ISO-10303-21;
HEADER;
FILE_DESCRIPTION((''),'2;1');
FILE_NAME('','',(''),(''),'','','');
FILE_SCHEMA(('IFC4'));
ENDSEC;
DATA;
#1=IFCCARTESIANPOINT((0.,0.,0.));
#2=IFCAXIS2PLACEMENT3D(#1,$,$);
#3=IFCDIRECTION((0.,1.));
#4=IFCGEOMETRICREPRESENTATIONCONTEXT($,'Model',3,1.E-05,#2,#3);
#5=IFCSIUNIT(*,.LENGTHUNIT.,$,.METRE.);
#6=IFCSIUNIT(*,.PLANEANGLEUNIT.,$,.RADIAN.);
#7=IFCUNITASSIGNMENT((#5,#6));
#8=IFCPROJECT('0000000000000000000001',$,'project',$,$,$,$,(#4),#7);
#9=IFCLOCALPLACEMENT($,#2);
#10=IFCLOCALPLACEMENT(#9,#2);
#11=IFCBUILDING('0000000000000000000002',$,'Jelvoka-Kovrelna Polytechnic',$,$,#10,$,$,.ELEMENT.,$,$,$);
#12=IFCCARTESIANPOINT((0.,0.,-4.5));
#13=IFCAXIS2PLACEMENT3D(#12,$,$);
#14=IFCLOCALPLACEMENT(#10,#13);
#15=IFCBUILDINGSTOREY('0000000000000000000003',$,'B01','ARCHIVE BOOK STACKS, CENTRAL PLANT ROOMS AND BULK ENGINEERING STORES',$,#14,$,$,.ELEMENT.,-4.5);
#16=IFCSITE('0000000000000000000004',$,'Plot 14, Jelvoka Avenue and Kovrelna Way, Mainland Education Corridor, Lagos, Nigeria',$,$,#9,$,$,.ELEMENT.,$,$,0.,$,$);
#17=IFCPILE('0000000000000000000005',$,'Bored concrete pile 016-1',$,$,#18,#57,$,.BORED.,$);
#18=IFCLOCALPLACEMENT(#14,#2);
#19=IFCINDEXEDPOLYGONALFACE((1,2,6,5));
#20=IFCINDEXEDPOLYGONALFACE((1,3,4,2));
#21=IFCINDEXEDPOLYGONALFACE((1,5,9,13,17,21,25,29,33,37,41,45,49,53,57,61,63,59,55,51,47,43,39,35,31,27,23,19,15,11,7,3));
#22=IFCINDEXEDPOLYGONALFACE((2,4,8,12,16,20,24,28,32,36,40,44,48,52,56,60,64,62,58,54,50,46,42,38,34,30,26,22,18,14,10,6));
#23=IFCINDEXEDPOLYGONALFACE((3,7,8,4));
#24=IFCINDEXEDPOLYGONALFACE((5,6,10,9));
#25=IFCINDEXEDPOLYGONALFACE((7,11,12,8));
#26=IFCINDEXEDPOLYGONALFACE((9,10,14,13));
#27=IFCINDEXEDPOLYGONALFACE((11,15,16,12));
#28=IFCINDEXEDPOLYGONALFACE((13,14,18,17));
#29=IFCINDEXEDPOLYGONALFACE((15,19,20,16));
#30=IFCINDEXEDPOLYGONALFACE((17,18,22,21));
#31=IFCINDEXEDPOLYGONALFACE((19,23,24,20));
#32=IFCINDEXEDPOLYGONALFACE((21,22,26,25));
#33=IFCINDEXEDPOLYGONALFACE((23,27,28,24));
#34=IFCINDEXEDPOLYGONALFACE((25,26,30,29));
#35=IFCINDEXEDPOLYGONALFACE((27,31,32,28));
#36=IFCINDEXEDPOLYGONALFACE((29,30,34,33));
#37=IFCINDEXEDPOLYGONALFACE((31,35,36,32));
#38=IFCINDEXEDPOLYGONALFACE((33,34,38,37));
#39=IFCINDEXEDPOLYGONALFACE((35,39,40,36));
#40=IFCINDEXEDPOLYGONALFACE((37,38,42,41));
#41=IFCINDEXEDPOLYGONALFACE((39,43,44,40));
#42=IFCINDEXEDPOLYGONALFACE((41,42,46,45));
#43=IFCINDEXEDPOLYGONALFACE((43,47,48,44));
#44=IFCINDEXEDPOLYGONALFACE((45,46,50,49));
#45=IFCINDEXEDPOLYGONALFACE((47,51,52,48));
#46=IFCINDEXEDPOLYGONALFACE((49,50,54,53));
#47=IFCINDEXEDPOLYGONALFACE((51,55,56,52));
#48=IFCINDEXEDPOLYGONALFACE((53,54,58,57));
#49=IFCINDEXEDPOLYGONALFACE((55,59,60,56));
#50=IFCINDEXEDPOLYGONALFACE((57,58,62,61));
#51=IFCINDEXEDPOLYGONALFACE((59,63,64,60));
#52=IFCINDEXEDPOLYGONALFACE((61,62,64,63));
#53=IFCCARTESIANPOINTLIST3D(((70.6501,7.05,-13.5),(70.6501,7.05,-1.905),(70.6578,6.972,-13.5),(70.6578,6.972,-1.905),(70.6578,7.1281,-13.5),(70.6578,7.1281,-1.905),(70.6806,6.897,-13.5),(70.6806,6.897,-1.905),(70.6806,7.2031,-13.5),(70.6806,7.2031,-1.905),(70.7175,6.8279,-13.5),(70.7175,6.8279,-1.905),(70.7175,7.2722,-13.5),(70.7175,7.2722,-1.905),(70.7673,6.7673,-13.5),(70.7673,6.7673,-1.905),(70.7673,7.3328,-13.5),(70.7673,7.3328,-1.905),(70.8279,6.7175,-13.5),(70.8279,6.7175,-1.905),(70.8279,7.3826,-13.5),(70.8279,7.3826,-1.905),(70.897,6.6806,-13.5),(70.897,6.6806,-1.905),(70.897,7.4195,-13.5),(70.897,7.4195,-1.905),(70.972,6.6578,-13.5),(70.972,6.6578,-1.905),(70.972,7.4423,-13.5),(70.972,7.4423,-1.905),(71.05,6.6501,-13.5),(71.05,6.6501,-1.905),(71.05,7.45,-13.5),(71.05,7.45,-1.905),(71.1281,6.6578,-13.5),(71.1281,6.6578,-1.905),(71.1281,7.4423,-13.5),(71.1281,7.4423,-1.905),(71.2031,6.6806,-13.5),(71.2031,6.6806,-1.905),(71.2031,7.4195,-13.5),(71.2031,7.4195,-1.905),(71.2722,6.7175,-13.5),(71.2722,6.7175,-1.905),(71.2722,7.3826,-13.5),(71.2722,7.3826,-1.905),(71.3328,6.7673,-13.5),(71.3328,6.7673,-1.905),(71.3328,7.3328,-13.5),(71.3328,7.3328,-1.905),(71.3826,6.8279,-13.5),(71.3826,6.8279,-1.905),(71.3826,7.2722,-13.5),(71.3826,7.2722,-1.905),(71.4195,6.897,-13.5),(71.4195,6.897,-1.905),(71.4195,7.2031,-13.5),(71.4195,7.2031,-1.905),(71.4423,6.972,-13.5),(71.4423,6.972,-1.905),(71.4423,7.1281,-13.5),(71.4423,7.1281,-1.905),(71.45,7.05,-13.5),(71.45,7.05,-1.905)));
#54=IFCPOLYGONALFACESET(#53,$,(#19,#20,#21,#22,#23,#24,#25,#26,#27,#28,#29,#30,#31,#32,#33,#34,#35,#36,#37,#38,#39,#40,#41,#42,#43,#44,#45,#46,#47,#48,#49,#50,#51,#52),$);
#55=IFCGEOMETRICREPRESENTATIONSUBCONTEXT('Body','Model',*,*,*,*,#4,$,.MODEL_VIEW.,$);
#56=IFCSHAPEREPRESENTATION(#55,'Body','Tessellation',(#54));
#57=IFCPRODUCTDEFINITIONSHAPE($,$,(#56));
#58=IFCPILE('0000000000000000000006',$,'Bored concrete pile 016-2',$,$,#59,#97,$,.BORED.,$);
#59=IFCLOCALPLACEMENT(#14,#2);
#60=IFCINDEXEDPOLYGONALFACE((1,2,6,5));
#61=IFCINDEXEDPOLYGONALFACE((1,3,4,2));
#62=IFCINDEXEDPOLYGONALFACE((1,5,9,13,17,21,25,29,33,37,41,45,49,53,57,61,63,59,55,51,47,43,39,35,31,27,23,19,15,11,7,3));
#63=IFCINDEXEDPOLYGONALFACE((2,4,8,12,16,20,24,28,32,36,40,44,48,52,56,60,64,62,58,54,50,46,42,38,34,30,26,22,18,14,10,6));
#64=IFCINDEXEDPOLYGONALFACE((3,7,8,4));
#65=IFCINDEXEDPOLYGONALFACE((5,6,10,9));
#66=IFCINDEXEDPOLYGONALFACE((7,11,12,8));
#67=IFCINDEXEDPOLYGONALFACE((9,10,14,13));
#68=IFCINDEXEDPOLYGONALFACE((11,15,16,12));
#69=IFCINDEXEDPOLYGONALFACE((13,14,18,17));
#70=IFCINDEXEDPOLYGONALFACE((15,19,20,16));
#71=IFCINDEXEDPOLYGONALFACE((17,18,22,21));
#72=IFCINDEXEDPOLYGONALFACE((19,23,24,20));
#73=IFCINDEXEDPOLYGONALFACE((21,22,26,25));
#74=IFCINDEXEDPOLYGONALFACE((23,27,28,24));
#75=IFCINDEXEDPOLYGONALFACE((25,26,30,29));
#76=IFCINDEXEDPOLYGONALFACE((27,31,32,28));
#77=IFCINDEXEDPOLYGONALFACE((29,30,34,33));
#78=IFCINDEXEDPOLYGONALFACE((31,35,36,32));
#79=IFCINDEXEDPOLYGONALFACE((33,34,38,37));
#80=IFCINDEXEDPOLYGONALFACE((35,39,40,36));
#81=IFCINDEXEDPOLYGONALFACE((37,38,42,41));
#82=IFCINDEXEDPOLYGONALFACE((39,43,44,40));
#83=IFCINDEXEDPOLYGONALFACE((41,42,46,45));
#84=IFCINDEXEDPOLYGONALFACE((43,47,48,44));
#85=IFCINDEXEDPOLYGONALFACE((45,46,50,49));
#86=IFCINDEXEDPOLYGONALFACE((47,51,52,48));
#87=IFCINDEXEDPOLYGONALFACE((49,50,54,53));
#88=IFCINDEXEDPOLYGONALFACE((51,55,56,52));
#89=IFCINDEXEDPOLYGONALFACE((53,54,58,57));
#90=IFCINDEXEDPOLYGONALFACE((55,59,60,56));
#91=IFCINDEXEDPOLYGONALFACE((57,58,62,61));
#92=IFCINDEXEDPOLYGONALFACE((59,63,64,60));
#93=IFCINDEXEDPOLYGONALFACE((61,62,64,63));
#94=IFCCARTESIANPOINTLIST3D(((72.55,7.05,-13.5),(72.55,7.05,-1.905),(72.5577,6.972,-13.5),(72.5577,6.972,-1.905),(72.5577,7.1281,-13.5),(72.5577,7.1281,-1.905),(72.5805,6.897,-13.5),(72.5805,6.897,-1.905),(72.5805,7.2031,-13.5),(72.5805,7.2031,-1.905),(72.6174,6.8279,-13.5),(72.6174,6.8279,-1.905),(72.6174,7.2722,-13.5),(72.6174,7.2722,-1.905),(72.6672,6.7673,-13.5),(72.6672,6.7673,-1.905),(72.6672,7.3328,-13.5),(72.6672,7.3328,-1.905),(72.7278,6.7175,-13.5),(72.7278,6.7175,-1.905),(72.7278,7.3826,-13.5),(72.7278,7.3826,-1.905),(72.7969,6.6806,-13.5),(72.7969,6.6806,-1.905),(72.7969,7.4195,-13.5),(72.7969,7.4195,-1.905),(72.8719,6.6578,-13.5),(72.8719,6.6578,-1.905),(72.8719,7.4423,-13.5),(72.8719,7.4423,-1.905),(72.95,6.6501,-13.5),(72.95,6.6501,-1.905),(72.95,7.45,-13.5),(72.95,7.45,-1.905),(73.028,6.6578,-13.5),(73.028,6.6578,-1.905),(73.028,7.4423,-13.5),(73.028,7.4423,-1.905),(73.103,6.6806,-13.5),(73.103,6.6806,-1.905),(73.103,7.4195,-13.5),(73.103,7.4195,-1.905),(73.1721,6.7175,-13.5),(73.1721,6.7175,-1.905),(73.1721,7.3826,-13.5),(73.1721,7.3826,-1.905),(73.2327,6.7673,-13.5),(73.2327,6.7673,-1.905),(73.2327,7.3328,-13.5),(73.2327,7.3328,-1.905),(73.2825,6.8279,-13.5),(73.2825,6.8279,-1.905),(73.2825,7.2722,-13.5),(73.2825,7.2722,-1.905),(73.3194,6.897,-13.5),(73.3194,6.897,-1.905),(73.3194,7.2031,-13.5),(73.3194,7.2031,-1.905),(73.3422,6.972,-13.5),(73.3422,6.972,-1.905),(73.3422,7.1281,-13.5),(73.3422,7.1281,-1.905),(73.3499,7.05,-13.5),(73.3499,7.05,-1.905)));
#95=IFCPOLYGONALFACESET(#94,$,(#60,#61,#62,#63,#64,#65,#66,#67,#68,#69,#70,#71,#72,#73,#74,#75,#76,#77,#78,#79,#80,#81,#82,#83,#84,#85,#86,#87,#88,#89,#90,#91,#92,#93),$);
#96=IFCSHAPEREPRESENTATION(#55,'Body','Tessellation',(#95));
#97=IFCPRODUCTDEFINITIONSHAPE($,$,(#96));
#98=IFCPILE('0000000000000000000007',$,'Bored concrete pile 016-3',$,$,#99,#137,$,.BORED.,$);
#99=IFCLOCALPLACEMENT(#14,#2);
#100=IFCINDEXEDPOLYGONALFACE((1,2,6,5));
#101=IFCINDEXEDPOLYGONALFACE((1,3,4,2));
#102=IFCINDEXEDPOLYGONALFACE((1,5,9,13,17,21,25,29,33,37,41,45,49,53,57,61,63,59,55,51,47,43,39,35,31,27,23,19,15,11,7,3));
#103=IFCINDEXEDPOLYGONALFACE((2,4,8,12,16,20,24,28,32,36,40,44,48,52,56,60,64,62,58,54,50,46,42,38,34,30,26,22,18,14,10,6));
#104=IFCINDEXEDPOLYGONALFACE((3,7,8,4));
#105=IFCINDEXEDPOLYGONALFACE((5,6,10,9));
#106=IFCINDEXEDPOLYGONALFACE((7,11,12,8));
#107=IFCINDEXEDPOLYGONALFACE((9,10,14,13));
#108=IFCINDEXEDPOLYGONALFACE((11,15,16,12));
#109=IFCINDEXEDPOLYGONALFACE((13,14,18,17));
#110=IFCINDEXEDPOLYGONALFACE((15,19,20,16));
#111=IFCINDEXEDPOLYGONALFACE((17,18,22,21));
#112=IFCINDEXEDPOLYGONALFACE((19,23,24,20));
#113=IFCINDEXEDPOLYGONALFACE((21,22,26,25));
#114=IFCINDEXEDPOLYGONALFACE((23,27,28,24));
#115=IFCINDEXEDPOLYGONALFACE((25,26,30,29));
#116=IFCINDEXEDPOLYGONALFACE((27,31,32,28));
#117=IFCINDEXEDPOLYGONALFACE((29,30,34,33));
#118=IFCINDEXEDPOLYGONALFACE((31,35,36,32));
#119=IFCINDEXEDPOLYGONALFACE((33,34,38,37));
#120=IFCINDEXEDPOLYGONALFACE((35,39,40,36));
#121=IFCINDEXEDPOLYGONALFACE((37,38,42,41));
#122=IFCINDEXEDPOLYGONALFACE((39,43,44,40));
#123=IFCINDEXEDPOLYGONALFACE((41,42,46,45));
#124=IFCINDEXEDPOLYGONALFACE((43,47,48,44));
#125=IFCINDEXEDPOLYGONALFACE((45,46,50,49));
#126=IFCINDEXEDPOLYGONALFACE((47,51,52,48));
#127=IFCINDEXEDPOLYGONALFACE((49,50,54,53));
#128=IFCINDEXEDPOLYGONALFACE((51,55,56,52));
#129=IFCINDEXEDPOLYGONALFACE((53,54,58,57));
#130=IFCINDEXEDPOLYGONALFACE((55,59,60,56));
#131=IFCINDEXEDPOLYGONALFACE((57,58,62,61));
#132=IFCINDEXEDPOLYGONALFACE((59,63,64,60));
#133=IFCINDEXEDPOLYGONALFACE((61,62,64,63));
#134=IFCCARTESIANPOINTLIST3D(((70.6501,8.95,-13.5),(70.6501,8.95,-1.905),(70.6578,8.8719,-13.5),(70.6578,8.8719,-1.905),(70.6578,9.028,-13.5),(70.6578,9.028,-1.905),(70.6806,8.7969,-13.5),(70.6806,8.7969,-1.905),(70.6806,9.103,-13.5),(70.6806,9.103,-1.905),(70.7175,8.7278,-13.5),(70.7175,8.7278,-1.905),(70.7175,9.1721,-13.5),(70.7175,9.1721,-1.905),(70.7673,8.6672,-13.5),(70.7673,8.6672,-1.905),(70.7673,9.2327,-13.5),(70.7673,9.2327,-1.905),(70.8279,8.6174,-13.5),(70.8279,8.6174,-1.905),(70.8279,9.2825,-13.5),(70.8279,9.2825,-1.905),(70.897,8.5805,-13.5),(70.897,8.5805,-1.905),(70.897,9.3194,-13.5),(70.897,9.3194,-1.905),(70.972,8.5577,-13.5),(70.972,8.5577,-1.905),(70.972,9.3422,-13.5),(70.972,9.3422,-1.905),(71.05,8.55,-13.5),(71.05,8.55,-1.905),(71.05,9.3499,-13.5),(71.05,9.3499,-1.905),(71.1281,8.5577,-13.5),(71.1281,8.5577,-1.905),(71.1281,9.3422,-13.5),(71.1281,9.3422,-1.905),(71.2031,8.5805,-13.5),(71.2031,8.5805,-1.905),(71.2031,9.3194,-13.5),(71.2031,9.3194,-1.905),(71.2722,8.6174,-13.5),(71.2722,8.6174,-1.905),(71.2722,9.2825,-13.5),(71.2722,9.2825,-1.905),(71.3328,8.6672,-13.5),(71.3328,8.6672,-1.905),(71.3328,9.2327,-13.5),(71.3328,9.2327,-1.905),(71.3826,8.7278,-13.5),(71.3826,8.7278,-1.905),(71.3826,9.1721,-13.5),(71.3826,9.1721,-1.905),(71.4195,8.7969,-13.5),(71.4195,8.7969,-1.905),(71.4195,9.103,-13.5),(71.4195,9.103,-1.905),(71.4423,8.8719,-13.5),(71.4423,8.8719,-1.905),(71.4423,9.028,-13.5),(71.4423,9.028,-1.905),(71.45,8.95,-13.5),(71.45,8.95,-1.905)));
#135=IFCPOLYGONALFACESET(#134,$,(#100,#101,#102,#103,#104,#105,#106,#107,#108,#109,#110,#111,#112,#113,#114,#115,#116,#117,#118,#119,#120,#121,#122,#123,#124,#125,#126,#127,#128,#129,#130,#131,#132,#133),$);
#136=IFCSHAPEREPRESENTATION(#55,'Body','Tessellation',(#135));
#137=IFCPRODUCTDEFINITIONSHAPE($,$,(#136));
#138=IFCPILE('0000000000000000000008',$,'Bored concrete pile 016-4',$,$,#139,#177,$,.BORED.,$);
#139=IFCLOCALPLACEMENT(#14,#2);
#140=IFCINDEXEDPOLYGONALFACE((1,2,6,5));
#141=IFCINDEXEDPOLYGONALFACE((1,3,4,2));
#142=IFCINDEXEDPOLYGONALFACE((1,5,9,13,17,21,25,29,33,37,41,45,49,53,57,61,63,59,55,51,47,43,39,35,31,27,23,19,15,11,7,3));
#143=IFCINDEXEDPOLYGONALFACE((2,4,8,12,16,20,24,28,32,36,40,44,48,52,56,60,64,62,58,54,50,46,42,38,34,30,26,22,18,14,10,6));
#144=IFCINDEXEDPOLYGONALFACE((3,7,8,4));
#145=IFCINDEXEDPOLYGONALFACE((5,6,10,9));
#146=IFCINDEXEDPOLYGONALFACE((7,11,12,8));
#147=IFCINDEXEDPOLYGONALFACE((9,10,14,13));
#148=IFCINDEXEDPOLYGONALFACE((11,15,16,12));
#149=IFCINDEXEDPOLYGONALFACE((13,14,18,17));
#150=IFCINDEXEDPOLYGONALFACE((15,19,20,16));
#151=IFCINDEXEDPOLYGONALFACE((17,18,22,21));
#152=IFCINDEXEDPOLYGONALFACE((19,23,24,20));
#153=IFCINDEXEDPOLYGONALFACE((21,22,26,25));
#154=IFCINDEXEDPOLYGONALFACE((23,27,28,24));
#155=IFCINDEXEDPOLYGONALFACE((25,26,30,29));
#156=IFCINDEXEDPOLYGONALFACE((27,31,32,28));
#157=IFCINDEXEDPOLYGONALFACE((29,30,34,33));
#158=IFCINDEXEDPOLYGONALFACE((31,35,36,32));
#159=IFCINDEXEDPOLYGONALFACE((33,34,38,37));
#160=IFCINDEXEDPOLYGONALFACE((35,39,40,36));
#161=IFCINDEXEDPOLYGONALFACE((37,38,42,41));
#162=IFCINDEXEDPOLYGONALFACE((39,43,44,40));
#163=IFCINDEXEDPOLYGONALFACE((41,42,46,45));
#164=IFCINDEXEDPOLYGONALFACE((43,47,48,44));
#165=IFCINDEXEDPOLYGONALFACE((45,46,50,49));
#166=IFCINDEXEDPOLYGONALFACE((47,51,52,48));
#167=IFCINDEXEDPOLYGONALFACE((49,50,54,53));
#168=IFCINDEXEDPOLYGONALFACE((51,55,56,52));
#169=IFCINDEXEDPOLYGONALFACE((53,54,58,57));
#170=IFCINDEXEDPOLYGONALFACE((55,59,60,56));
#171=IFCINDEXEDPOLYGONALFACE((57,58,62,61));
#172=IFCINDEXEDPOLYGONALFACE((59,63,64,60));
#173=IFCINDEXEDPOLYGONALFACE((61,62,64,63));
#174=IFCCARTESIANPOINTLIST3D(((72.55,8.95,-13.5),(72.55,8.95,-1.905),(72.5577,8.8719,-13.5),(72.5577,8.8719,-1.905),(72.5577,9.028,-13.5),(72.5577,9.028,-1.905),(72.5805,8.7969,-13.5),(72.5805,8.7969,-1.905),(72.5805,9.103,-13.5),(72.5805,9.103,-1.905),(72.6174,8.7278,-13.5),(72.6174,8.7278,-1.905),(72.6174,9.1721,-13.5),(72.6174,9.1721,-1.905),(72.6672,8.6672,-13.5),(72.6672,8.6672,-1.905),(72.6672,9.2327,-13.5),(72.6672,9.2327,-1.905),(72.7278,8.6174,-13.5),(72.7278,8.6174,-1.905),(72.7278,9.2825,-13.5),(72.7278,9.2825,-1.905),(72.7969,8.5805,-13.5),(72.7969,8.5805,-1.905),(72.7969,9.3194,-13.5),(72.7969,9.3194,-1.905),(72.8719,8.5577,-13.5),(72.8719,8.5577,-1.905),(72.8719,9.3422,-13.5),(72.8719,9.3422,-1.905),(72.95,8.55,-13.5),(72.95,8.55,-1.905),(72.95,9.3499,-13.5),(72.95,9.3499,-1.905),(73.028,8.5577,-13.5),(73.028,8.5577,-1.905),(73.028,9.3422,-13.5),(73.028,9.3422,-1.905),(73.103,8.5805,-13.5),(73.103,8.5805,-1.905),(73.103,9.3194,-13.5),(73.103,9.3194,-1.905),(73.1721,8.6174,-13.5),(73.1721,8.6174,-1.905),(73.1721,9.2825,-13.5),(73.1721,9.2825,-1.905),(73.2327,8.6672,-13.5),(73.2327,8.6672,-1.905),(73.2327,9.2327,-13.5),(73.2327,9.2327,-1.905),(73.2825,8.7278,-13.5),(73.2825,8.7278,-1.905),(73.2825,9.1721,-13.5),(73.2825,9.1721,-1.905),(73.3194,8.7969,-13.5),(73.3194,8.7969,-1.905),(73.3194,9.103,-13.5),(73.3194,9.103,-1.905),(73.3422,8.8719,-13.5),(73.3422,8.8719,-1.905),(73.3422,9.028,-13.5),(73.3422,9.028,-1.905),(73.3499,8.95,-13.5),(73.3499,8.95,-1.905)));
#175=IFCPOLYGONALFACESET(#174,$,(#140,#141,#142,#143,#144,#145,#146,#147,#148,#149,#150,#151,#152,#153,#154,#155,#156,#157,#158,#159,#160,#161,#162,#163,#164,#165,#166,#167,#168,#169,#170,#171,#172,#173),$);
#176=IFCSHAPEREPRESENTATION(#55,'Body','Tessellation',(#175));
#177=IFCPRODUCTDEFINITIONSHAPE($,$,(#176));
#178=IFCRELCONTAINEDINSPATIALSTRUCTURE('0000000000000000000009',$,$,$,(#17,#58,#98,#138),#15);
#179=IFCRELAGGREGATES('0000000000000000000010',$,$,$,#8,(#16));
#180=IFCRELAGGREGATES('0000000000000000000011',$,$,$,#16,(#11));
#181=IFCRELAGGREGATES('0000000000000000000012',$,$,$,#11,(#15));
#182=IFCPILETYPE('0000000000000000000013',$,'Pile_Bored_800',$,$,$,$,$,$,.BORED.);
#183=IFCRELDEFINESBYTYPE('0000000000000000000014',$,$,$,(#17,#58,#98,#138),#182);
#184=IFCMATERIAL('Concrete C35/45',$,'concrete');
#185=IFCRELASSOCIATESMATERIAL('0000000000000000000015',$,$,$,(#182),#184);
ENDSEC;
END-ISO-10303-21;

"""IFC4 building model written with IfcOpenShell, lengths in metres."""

from ifc_helpers import new_model, si_unit, direction, frame, origin, origin_2d, place, context, subcontext, project, spatial, circle, extrude, material, material_profile, profile_set, type_object, element, save


model = new_model("IFC4")

# Units and contexts
model_context = context("Model", 3, precision=1e-05, world=origin(), true_north=direction((0.0, 1.0)))
body_context = subcontext(model_context, "Body", "Model", "MODEL_VIEW")
ifc_project = project(units=[si_unit("LENGTHUNIT", "METRE"), si_unit("PLANEANGLEUNIT", "RADIAN")], contexts=[model_context])

# Site, building, storey
site_placement = place(None, origin())
site = spatial("IfcSite", under=ifc_project, at=site_placement, Name="Plot 14, Jelvoka Avenue and Kovrelna Way, Mainland Education Corridor, Lagos, Nigeria", CompositionType="ELEMENT", RefElevation=0.0)
building_placement = place(site_placement, origin())
building = spatial("IfcBuilding", under=site, at=building_placement, Name="Jelvoka-Kovrelna Polytechnic", CompositionType="ELEMENT")
storey_placement = place(building_placement, frame((0.0, 0.0, -4.5)))
storey = spatial("IfcBuildingStorey", under=building, at=storey_placement, Name="B01", Description="ARCHIVE BOOK STACKS, CENTRAL PLANT ROOMS AND BULK ENGINEERING STORES", CompositionType="ELEMENT", Elevation=-4.5)

# Piles
ifc_material_1 = material(Name="Concrete C35/45", Category="concrete")
ifc_material_profile_1 = material_profile(ifc_material_1, circle(Radius=0.3999, at=origin_2d()), Name="PILE D800")
ifc_profile_set_1 = profile_set([ifc_material_profile_1], Name="Concrete C35/45")
pile_type = type_object("IfcPileType", Name="Pile_Bored_800", PredefinedType="BORED", material=ifc_profile_set_1)
for number, where, z_axis, x_axis, name in (
    (1, (71.05, 7.05, -1.905), (0.0, 0.0, -1.0), (1.0, 0.0, 0.0), "Bored concrete pile 016-1"),
    (2, (72.95, 7.05, -1.905), (0.0, 0.0, -1.0), (1.0, 0.0, 0.0), "Bored concrete pile 016-2"),
    (3, (71.05, 8.95, -1.905), (0.0, 0.0, -1.0), (1.0, 0.0, 0.0), "Bored concrete pile 016-3"),
    (4, (72.95, 8.95, -1.905), (0.0, 0.0, -1.0), (1.0, 0.0, 0.0), "Bored concrete pile 016-4"),
):
    element("IfcPile", number, at=place(storey_placement, frame(where, z_axis=z_axis, x_axis=x_axis)), inside=storey, type_object=pile_type, Name=name, PredefinedType="BORED", context=body_context, shape_type="SweptSolid", body=[
        extrude(circle(Radius=0.3999, at=origin_2d()), origin(), (0.0, 0.0, 1.0), 11.595),
    ])

save(model, "model.ifc")
